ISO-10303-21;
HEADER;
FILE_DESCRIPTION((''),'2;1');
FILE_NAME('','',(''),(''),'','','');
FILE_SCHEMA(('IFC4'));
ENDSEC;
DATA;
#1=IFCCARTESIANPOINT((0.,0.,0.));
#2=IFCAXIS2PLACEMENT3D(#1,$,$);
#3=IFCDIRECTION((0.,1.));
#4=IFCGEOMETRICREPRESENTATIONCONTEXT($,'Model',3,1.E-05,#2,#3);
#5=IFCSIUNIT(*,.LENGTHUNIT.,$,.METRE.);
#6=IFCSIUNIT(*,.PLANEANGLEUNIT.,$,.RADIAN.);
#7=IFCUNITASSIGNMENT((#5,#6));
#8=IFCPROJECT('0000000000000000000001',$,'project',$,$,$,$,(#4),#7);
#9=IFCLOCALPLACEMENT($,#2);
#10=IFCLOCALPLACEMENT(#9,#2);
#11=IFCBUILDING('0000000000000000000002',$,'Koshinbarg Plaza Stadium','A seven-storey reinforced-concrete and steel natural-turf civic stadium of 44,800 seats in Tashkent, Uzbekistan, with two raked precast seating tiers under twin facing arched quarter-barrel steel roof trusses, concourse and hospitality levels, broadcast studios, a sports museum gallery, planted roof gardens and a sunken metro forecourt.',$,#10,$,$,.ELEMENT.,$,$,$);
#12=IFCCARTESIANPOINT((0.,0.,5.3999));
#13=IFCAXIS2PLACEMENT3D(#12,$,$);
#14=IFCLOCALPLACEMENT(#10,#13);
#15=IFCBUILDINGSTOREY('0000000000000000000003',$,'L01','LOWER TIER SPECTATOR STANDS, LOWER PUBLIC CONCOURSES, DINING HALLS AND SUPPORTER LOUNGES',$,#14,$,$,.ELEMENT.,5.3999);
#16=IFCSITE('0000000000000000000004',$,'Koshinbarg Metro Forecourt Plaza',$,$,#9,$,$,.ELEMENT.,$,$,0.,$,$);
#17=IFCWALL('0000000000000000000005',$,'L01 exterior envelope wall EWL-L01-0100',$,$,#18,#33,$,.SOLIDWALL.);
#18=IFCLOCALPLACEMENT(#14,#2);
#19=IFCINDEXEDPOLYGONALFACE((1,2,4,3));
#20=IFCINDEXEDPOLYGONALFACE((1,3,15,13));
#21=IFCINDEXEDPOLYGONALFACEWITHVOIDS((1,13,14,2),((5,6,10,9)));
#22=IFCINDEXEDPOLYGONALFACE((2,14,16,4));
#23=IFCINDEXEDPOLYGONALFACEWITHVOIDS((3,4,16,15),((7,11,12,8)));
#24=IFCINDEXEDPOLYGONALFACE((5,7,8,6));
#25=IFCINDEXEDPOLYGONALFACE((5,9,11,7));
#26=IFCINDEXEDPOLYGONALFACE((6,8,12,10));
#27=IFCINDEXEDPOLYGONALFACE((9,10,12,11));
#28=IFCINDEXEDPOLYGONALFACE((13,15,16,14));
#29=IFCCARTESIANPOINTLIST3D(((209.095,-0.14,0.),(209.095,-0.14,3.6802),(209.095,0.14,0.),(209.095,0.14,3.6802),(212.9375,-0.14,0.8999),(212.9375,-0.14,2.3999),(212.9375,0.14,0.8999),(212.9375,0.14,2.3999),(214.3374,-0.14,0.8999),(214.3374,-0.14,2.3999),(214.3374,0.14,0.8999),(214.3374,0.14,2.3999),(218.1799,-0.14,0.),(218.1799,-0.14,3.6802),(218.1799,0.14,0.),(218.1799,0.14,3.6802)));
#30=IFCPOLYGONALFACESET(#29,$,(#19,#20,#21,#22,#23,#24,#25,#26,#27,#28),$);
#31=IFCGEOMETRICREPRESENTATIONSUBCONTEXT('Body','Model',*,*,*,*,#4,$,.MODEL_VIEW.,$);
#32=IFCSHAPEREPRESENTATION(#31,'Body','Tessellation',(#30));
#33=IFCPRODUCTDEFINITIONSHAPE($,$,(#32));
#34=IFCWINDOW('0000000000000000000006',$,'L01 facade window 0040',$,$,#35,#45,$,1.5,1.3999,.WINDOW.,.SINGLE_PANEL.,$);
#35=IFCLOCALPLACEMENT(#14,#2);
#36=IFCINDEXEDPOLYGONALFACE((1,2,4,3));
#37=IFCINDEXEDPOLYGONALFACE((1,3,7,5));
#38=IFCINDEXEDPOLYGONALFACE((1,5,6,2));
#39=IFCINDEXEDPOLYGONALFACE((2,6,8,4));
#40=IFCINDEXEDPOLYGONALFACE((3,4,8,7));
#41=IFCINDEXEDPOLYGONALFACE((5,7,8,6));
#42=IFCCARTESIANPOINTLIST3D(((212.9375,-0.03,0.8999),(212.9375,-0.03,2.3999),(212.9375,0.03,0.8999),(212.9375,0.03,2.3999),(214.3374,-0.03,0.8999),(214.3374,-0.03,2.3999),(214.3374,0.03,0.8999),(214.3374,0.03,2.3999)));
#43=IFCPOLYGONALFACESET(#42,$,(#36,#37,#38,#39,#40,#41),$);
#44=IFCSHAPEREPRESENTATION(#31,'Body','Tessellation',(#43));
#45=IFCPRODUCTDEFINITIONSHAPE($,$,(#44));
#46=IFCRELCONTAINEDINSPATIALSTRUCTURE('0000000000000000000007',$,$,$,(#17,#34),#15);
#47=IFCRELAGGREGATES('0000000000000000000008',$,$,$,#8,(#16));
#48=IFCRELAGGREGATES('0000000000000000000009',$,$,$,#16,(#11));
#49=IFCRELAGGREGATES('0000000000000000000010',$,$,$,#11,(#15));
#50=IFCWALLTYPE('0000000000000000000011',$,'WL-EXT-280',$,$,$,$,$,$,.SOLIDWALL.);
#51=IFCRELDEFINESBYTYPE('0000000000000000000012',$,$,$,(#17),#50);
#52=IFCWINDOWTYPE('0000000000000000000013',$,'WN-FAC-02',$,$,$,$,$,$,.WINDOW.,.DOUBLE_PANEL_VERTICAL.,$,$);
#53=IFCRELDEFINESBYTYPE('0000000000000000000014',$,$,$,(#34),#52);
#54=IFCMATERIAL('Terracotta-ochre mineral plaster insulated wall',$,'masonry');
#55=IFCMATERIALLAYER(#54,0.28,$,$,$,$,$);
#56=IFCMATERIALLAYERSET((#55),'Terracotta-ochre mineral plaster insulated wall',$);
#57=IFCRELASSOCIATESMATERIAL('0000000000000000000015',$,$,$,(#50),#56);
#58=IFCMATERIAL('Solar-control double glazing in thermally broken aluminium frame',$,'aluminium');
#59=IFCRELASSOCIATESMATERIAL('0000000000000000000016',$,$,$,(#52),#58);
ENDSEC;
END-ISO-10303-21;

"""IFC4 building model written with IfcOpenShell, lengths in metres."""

from ifc_helpers import new_model, si_unit, direction, frame, frame_2d, origin, place, context, subcontext, project, spatial, rectangle, extrude, material, layer, layer_set, type_object, element, fill, save


model = new_model("IFC4")

# Units and contexts
model_context = context("Model", 3, precision=1e-05, world=origin(), true_north=direction((0.0, 1.0)))
body_context = subcontext(model_context, "Body", "Model", "MODEL_VIEW")
ifc_project = project(units=[si_unit("LENGTHUNIT", "METRE"), si_unit("PLANEANGLEUNIT", "RADIAN")], contexts=[model_context])

# Site, building, storey
site_placement = place(None, origin())
site = spatial("IfcSite", under=ifc_project, at=site_placement, Name="Koshinbarg Metro Forecourt Plaza", CompositionType="ELEMENT", RefElevation=0.0)
building_placement = place(site_placement, origin())
building = spatial("IfcBuilding", under=site, at=building_placement, Name="Koshinbarg Plaza Stadium", Description="A seven-storey reinforced-concrete and steel natural-turf civic stadium of 44,800 seats in Tashkent, Uzbekistan, with two raked precast seating tiers under twin facing arched quarter-barrel steel roof trusses, concourse and hospitality levels, broadcast studios, a sports museum gallery, planted roof gardens and a sunken metro forecourt.", CompositionType="ELEMENT")
storey_placement = place(building_placement, frame((0.0, 0.0, 5.3999)))
storey = spatial("IfcBuildingStorey", under=building, at=storey_placement, Name="L01", Description="LOWER TIER SPECTATOR STANDS, LOWER PUBLIC CONCOURSES, DINING HALLS AND SUPPORTER LOUNGES", CompositionType="ELEMENT", Elevation=5.3999)

# Wall, opening, window
ifc_material_1 = material(Name="Terracotta-ochre mineral plaster insulated wall", Category="masonry")
ifc_layer_1 = layer(ifc_material_1, 0.28)
ifc_layer_set_1 = layer_set([ifc_layer_1], Name="Terracotta-ochre mineral plaster insulated wall")
wall_type = type_object("IfcWallType", Name="WL-EXT-280", PredefinedType="SOLIDWALL", material=ifc_layer_set_1)
wall_placement = place(storey_placement, frame((218.1799, 0.0, 0.0), z_axis=(0.0, 0.0, 1.0), x_axis=(-1.0, 0.0, 0.0)))
wall = element("IfcWall", 1, at=wall_placement, inside=storey, type_object=wall_type, Name="L01 exterior envelope wall EWL-L01-0100", PredefinedType="SOLIDWALL", context=body_context, shape_type="SweptSolid", body=[
    extrude(rectangle(XDim=9.085, YDim=0.28, at=frame_2d((4.5425, 0.0))), origin(), (0.0, 0.0, 1.0), 3.6802),
])
opening_placement = place(wall_placement, frame((3.8425, 0.0, 0.8999)))
opening = element("IfcOpeningElement", 2, at=opening_placement, cuts=wall, PredefinedType="OPENING", context=body_context, shape_type="SweptSolid", body=[
    extrude(rectangle(XDim=1.3999, YDim=1.5, at=frame_2d((0.7, 0.75))), frame((0.0, 0.1499, 0.0), z_axis=(0.0, -1.0, 0.0), x_axis=(1.0, 0.0, 0.0)), (0.0, 0.0, 1.0), 0.3),
])
ifc_material_2 = material(Name="Solar-control double glazing in thermally broken aluminium frame", Category="aluminium")
window_type = type_object("IfcWindowType", Name="WN-FAC-02", PartitioningType="DOUBLE_PANEL_VERTICAL", PredefinedType="WINDOW", material=ifc_material_2)
window_placement = place(opening_placement, origin())
window = element("IfcWindow", 3, at=window_placement, inside=storey, type_object=window_type, Name="L01 facade window 0040", OverallHeight=1.5, OverallWidth=1.3999, PartitioningType="SINGLE_PANEL", PredefinedType="WINDOW", context=body_context, shape_type="SweptSolid", body=[
    extrude(rectangle(XDim=1.3999, YDim=1.5, at=frame_2d((0.7, 0.75))), frame((0.0, 0.03, 0.0), z_axis=(0.0, -1.0, 0.0), x_axis=(1.0, 0.0, 0.0)), (0.0, 0.0, 1.0), 0.0601),
])
fill(opening, window)

save(model, "model.ifc")
